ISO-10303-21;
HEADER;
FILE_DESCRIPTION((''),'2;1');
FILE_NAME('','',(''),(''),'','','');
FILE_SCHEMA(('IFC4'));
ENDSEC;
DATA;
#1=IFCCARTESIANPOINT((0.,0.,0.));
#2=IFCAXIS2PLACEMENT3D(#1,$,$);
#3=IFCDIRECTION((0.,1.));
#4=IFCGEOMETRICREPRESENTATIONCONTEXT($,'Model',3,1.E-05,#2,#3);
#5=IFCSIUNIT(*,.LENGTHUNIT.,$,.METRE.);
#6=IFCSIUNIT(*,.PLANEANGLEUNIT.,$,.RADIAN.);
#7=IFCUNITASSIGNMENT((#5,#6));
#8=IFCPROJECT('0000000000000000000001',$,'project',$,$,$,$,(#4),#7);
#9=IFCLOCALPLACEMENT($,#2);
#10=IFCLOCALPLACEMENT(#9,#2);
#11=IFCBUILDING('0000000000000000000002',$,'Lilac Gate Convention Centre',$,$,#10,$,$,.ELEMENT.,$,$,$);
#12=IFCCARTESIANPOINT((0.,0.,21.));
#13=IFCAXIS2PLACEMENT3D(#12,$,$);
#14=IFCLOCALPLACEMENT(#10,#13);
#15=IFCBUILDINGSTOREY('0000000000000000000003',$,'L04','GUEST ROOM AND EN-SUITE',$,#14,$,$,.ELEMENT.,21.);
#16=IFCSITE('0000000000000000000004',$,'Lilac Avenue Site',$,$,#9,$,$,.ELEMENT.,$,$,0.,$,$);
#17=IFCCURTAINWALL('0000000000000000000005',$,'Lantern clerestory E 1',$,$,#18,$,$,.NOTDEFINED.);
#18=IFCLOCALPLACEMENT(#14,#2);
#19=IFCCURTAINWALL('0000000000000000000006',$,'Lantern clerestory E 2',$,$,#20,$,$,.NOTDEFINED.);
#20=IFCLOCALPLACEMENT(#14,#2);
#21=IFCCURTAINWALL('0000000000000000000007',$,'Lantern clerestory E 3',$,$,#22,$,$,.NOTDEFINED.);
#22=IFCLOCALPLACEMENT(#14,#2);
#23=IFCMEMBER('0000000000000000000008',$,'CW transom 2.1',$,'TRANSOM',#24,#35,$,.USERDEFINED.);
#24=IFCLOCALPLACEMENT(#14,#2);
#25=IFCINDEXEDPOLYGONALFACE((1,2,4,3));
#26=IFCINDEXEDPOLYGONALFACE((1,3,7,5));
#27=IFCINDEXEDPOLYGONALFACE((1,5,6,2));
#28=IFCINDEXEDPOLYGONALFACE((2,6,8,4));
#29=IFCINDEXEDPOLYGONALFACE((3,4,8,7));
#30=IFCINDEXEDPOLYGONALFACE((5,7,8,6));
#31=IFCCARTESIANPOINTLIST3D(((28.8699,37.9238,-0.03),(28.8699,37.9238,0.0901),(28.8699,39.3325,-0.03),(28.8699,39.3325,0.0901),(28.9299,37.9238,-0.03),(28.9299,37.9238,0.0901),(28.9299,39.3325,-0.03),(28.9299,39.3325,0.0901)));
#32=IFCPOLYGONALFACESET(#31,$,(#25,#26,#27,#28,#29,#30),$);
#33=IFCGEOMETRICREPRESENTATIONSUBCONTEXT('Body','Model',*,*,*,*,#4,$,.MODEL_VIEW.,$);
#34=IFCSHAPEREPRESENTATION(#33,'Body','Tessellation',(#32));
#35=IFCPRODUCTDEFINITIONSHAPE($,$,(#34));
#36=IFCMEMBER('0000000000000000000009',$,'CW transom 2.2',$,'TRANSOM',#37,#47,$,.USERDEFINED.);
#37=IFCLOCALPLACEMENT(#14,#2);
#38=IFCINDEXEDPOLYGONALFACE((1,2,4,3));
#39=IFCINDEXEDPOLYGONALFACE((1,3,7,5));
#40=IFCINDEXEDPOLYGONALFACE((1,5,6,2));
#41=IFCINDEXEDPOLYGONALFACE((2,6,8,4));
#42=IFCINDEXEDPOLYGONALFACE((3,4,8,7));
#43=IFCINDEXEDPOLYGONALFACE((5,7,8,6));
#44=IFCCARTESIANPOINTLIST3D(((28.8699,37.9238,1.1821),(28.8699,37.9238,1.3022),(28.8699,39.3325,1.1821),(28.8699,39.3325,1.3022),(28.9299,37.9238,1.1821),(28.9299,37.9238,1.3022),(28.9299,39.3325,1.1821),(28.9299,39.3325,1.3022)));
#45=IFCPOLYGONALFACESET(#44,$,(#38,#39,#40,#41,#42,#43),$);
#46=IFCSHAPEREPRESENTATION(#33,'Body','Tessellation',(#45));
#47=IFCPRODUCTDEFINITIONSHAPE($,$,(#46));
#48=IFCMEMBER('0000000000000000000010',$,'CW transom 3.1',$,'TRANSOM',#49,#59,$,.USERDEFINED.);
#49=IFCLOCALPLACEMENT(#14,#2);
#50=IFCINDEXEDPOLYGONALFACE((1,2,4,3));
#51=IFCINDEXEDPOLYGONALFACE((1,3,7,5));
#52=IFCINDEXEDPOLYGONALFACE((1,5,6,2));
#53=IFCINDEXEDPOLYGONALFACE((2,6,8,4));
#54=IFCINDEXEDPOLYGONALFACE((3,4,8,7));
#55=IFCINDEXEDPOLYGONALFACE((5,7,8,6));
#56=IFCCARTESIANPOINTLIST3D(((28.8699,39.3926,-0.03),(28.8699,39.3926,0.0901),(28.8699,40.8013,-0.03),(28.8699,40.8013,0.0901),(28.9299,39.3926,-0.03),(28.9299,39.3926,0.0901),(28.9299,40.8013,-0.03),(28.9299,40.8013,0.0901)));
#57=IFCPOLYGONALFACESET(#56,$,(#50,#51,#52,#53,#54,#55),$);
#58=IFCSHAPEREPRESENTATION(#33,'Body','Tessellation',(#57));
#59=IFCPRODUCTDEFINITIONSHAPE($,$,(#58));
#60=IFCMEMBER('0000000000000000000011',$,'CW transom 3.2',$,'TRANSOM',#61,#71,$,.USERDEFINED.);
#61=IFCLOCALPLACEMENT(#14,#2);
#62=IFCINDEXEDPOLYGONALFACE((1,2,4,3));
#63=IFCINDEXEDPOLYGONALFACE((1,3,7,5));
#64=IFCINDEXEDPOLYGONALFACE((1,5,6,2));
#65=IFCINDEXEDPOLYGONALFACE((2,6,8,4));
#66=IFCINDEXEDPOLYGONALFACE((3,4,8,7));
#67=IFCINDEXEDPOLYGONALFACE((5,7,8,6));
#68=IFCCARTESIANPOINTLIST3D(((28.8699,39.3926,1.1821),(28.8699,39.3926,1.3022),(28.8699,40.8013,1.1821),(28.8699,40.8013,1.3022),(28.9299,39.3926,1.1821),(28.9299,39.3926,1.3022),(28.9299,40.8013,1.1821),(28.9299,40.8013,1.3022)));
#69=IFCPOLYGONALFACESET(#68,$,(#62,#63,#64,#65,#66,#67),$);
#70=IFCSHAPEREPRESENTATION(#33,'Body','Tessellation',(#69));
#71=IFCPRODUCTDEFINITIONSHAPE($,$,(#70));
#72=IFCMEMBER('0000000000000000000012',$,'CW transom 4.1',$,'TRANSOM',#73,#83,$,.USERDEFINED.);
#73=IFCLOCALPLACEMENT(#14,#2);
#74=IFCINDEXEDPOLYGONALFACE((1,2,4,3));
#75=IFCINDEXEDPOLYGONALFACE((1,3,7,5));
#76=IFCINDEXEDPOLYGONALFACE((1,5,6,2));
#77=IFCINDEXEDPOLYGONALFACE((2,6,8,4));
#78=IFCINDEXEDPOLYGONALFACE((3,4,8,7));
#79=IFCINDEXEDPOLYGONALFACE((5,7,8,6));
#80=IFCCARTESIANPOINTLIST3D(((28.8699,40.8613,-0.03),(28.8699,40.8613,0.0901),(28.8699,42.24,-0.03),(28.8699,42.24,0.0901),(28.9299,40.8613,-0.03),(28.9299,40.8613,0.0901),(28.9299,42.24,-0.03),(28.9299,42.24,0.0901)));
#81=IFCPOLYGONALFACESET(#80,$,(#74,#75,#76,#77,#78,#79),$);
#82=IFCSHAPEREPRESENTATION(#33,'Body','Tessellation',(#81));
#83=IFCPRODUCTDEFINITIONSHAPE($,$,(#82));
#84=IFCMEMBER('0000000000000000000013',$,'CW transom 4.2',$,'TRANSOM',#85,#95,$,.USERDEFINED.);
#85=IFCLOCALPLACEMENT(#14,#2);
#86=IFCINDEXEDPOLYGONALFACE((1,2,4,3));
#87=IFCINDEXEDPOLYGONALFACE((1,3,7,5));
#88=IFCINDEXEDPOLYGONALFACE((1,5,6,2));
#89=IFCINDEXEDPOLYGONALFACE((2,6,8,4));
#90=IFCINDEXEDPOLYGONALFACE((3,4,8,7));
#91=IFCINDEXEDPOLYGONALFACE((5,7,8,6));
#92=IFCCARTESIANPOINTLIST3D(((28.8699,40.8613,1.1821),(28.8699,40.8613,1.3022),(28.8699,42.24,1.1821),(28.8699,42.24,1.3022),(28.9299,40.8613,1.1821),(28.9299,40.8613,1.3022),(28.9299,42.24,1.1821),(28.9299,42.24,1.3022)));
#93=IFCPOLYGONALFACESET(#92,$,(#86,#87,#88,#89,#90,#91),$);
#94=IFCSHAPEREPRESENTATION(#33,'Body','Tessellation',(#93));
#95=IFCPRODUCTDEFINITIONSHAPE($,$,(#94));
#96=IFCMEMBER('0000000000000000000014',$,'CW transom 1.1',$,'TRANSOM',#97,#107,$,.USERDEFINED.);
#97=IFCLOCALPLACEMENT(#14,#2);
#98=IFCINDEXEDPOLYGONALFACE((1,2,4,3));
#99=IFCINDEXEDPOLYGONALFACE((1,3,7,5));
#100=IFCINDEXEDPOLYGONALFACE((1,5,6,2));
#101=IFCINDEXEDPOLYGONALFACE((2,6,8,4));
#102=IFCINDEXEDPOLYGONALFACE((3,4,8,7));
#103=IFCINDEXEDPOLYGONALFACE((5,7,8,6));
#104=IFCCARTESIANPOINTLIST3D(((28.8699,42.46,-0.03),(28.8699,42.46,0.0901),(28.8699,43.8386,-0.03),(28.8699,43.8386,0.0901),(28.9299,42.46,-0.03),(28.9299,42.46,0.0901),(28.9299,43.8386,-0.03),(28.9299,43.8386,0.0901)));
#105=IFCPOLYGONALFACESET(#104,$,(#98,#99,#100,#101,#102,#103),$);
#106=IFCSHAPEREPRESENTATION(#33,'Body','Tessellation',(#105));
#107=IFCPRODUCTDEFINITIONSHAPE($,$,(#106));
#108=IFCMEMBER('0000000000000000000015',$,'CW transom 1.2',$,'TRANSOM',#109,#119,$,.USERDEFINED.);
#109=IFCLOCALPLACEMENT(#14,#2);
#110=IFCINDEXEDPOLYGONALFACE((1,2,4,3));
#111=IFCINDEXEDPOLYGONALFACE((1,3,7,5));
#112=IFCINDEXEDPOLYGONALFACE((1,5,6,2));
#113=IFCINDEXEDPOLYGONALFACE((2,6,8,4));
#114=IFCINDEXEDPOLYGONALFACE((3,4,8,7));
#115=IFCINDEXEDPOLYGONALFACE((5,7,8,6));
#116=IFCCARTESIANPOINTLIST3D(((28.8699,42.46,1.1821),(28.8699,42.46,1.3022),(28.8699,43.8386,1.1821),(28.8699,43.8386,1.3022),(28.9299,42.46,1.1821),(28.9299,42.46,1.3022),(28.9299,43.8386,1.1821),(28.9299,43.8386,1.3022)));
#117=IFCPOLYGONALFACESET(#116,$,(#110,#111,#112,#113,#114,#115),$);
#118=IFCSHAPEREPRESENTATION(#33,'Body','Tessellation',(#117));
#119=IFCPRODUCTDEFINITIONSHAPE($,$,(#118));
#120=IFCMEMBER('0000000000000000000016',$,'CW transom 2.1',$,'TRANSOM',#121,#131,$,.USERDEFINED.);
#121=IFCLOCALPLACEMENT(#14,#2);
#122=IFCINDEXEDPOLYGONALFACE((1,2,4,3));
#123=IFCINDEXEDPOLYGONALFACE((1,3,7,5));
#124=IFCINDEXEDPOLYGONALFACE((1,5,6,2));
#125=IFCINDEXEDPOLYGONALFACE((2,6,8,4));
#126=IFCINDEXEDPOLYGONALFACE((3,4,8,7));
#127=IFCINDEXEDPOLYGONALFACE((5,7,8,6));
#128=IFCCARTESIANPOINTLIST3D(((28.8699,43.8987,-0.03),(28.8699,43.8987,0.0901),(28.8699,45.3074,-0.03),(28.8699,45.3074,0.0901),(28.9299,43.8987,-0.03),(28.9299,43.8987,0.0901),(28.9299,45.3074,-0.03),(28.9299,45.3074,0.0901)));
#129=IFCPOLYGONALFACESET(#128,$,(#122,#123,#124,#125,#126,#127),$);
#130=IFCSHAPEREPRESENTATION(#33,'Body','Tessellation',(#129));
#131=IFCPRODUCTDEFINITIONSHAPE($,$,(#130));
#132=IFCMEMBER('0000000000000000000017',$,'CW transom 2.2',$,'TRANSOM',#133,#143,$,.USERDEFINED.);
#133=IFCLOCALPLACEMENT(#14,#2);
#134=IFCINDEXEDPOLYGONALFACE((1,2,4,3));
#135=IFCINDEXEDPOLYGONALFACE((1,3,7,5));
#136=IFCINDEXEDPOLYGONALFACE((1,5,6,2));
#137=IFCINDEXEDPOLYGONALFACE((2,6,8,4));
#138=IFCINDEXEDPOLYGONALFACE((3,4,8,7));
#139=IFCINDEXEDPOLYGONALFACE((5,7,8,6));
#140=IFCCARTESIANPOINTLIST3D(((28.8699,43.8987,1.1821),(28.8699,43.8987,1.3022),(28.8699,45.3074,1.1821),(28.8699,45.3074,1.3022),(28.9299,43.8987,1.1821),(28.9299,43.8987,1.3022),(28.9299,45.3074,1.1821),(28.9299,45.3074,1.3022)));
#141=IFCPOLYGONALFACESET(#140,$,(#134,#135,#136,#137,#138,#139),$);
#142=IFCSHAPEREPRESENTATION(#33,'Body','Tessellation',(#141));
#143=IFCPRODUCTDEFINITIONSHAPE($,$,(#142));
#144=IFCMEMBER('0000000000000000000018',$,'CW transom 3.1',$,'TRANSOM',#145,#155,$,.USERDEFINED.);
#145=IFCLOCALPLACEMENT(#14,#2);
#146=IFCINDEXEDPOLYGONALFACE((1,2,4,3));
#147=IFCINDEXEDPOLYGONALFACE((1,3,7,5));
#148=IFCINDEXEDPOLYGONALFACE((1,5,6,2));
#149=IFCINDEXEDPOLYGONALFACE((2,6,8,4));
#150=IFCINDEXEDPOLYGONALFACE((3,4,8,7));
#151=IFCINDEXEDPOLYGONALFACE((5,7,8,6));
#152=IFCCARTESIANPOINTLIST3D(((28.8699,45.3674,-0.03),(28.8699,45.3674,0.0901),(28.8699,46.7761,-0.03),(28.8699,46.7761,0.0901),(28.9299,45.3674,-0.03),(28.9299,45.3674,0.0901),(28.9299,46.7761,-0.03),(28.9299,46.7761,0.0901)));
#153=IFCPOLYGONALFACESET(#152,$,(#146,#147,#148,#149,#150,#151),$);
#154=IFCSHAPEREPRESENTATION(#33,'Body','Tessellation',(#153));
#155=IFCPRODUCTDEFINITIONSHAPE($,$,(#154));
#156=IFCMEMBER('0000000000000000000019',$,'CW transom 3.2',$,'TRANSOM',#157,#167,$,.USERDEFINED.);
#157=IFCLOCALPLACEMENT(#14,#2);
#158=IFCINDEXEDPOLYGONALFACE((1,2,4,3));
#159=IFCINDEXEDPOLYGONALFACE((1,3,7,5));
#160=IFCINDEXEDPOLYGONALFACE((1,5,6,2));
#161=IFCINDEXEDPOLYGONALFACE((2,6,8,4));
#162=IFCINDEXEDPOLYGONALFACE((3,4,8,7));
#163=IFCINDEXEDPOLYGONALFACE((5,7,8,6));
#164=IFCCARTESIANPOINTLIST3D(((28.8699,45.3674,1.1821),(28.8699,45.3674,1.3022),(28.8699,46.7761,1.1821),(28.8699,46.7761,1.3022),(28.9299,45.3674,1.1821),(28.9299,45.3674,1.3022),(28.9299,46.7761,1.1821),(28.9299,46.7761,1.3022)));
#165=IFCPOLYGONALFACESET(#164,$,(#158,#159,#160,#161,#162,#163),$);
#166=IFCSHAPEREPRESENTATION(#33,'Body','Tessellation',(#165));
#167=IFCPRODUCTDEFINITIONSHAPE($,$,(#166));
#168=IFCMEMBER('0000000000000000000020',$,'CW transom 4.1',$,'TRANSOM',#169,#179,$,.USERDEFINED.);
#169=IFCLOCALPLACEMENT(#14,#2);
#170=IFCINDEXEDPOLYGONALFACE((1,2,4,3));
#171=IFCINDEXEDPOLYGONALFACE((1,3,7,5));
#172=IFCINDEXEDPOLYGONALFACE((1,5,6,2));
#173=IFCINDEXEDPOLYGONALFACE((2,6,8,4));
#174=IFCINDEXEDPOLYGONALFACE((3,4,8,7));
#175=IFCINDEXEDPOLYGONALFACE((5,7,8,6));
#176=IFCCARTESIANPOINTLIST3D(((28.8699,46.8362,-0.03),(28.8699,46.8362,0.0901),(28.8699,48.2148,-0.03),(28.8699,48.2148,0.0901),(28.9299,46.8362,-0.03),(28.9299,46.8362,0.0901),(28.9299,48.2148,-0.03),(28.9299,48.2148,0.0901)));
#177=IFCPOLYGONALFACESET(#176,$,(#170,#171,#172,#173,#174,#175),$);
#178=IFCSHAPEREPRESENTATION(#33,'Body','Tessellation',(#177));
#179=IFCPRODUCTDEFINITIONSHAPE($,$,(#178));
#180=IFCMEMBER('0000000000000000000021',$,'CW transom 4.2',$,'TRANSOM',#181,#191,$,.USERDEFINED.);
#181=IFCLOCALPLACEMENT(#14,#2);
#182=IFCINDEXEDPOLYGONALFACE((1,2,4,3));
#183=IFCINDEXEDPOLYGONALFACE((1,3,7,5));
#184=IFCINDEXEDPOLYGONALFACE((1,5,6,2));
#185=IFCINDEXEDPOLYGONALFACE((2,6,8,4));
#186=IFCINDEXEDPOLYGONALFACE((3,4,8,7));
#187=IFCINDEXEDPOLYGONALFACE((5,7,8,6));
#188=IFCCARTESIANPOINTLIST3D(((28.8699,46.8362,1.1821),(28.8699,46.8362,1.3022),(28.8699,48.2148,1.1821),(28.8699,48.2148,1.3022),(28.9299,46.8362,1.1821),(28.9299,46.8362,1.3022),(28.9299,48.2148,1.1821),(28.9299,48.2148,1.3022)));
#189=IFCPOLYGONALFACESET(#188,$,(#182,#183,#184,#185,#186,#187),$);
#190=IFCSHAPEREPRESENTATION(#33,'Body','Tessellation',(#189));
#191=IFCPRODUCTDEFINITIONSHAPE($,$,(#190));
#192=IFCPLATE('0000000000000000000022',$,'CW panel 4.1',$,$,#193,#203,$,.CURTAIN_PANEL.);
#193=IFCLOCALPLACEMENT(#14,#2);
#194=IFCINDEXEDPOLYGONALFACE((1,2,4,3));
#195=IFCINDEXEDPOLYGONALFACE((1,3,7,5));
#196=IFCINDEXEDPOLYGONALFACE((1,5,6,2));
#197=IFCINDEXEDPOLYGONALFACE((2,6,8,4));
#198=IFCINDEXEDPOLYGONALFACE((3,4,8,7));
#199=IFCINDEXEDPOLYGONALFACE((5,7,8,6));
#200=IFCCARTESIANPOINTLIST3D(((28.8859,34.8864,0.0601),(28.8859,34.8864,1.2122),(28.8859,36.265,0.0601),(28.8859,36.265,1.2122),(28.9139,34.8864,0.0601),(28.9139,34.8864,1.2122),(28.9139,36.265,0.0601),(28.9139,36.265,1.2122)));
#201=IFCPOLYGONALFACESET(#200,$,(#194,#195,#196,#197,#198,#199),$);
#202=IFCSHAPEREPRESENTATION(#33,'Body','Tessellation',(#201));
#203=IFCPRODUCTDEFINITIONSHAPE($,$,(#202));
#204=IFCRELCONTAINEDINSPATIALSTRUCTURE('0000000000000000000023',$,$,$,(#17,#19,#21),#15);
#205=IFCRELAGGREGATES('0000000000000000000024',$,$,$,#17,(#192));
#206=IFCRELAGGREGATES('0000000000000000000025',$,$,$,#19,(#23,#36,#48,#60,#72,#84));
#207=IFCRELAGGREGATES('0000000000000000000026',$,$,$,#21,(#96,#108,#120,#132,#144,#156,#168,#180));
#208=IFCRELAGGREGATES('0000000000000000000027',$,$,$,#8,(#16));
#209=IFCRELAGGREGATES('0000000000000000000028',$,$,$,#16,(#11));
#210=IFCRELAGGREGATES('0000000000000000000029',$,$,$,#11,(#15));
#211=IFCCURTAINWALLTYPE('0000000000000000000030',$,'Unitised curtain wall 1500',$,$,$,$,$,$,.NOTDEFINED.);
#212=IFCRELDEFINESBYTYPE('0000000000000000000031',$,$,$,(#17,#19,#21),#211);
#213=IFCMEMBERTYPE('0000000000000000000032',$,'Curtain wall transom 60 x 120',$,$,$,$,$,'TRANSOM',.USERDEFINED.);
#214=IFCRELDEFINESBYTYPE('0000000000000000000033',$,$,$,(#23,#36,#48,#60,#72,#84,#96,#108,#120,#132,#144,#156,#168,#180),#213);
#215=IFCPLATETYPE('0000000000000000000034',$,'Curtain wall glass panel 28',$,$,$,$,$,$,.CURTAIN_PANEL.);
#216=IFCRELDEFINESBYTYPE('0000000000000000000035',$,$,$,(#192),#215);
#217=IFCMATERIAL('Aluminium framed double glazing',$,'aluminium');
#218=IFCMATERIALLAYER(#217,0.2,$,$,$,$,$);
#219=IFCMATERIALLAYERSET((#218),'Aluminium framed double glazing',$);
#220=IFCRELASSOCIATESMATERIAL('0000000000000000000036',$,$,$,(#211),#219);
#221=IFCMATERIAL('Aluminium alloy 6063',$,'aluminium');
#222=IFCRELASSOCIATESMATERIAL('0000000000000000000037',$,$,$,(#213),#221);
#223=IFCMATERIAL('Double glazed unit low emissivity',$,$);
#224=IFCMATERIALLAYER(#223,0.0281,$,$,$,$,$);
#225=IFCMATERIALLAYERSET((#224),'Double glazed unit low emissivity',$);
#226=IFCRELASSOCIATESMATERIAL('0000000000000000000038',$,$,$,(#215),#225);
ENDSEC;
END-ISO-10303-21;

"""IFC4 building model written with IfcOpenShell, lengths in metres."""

from ifc_helpers import new_model, si_unit, direction, frame, origin, origin_2d, place, context, subcontext, project, spatial, rectangle, extrude, material, layer, layer_set, material_profile, profile_set, type_object, element, aggregate, save


model = new_model("IFC4")

# Units and contexts
model_context = context("Model", 3, precision=1e-05, world=origin(), true_north=direction((0.0, 1.0)))
body_context = subcontext(model_context, "Body", "Model", "MODEL_VIEW")
ifc_project = project(units=[si_unit("LENGTHUNIT", "METRE"), si_unit("PLANEANGLEUNIT", "RADIAN")], contexts=[model_context])

# Site, building, storey
site_placement = place(None, origin())
site = spatial("IfcSite", under=ifc_project, at=site_placement, Name="Lilac Avenue Site", CompositionType="ELEMENT", RefElevation=0.0)
building_placement = place(site_placement, origin())
building = spatial("IfcBuilding", under=site, at=building_placement, Name="Lilac Gate Convention Centre", CompositionType="ELEMENT")
storey_placement = place(building_placement, frame((0.0, 0.0, 21.0)))
storey = spatial("IfcBuildingStorey", under=building, at=storey_placement, Name="L04", Description="GUEST ROOM AND EN-SUITE", CompositionType="ELEMENT", Elevation=21.0)

# Curtain walls
ifc_material_1 = material(Name="Aluminium framed double glazing", Category="aluminium")
ifc_layer_1 = layer(ifc_material_1, 0.2)
ifc_layer_set_1 = layer_set([ifc_layer_1], Name="Aluminium framed double glazing")
curtain_wall_type = type_object("IfcCurtainWallType", Name="Unitised curtain wall 1500", PredefinedType="NOTDEFINED", material=ifc_layer_set_1)
curtain_wall_1_placement = place(storey_placement, origin())
curtain_wall_1 = element("IfcCurtainWall", 1, at=curtain_wall_1_placement, inside=storey, type_object=curtain_wall_type, Name="Lantern clerestory E 1", PredefinedType="NOTDEFINED")
ifc_material_2 = material(Name="Aluminium alloy 6063", Category="aluminium")
curtain_wall_2_placement = place(storey_placement, origin())
curtain_wall_2 = element("IfcCurtainWall", 2, at=curtain_wall_2_placement, inside=storey, type_object=curtain_wall_type, Name="Lantern clerestory E 2", PredefinedType="NOTDEFINED")
curtain_wall_3_placement = place(storey_placement, origin())
curtain_wall_3 = element("IfcCurtainWall", 3, at=curtain_wall_3_placement, inside=storey, type_object=curtain_wall_type, Name="Lantern clerestory E 3", PredefinedType="NOTDEFINED")

# Members
ifc_material_profile_1 = material_profile(ifc_material_2, rectangle(XDim=0.0601, YDim=0.1201, at=origin_2d()), Name="Curtain wall transom 60 x 120")
ifc_profile_set_1 = profile_set([ifc_material_profile_1], Name="Aluminium alloy 6063")
member_type_1 = type_object("IfcMemberType", Name="Curtain wall transom 60 x 120", ElementType="TRANSOM", PredefinedType="USERDEFINED", material=ifc_profile_set_1)
member_1_placement = place(storey_placement, frame((28.8999, 37.9238, 0.03), z_axis=(0.0, 1.0, 0.0), x_axis=(-1.0, 0.0, 0.0)))
member_1 = element("IfcMember", 4, at=member_1_placement, type_object=member_type_1, Name="CW transom 2.1", ObjectType="TRANSOM", PredefinedType="USERDEFINED", context=body_context, shape_type="SweptSolid", body=[
    extrude(rectangle(XDim=0.0601, YDim=0.1201, at=origin_2d()), origin(), (0.0, 0.0, 1.0), 1.4087),
])
member_2_placement = place(storey_placement, frame((28.8999, 37.9238, 1.2422), z_axis=(0.0, 1.0, 0.0), x_axis=(-1.0, 0.0, 0.0)))
member_2 = element("IfcMember", 5, at=member_2_placement, type_object=member_type_1, Name="CW transom 2.2", ObjectType="TRANSOM", PredefinedType="USERDEFINED", context=body_context, shape_type="SweptSolid", body=[
    extrude(rectangle(XDim=0.0601, YDim=0.1201, at=origin_2d()), origin(), (0.0, 0.0, 1.0), 1.4087),
])
member_3_placement = place(storey_placement, frame((28.8999, 39.3926, 0.03), z_axis=(0.0, 1.0, 0.0), x_axis=(-1.0, 0.0, 0.0)))
member_3 = element("IfcMember", 6, at=member_3_placement, type_object=member_type_1, Name="CW transom 3.1", ObjectType="TRANSOM", PredefinedType="USERDEFINED", context=body_context, shape_type="SweptSolid", body=[
    extrude(rectangle(XDim=0.0601, YDim=0.1201, at=origin_2d()), origin(), (0.0, 0.0, 1.0), 1.4087),
])
member_4_placement = place(storey_placement, frame((28.8999, 39.3926, 1.2422), z_axis=(0.0, 1.0, 0.0), x_axis=(-1.0, 0.0, 0.0)))
member_4 = element("IfcMember", 7, at=member_4_placement, type_object=member_type_1, Name="CW transom 3.2", ObjectType="TRANSOM", PredefinedType="USERDEFINED", context=body_context, shape_type="SweptSolid", body=[
    extrude(rectangle(XDim=0.0601, YDim=0.1201, at=origin_2d()), origin(), (0.0, 0.0, 1.0), 1.4087),
])
member_5_placement = place(storey_placement, frame((28.8999, 40.8613, 0.03), z_axis=(0.0, 1.0, 0.0), x_axis=(-1.0, 0.0, 0.0)))
member_5 = element("IfcMember", 8, at=member_5_placement, type_object=member_type_1, Name="CW transom 4.1", ObjectType="TRANSOM", PredefinedType="USERDEFINED", context=body_context, shape_type="SweptSolid", body=[
    extrude(rectangle(XDim=0.0601, YDim=0.1201, at=origin_2d()), origin(), (0.0, 0.0, 1.0), 1.3787),
])
member_6_placement = place(storey_placement, frame((28.8999, 40.8613, 1.2422), z_axis=(0.0, 1.0, 0.0), x_axis=(-1.0, 0.0, 0.0)))
member_6 = element("IfcMember", 9, at=member_6_placement, type_object=member_type_1, Name="CW transom 4.2", ObjectType="TRANSOM", PredefinedType="USERDEFINED", context=body_context, shape_type="SweptSolid", body=[
    extrude(rectangle(XDim=0.0601, YDim=0.1201, at=origin_2d()), origin(), (0.0, 0.0, 1.0), 1.3787),
])
member_7_placement = place(storey_placement, frame((28.8999, 42.46, 0.03), z_axis=(0.0, 1.0, 0.0), x_axis=(-1.0, 0.0, 0.0)))
member_7 = element("IfcMember", 10, at=member_7_placement, type_object=member_type_1, Name="CW transom 1.1", ObjectType="TRANSOM", PredefinedType="USERDEFINED", context=body_context, shape_type="SweptSolid", body=[
    extrude(rectangle(XDim=0.0601, YDim=0.1201, at=origin_2d()), origin(), (0.0, 0.0, 1.0), 1.3787),
])
member_8_placement = place(storey_placement, frame((28.8999, 42.46, 1.2422), z_axis=(0.0, 1.0, 0.0), x_axis=(-1.0, 0.0, 0.0)))
member_8 = element("IfcMember", 11, at=member_8_placement, type_object=member_type_1, Name="CW transom 1.2", ObjectType="TRANSOM", PredefinedType="USERDEFINED", context=body_context, shape_type="SweptSolid", body=[
    extrude(rectangle(XDim=0.0601, YDim=0.1201, at=origin_2d()), origin(), (0.0, 0.0, 1.0), 1.3787),
])
member_9_placement = place(storey_placement, frame((28.8999, 43.8987, 0.03), z_axis=(0.0, 1.0, 0.0), x_axis=(-1.0, 0.0, 0.0)))
member_9 = element("IfcMember", 12, at=member_9_placement, type_object=member_type_1, Name="CW transom 2.1", ObjectType="TRANSOM", PredefinedType="USERDEFINED", context=body_context, shape_type="SweptSolid", body=[
    extrude(rectangle(XDim=0.0601, YDim=0.1201, at=origin_2d()), origin(), (0.0, 0.0, 1.0), 1.4087),
])
member_10_placement = place(storey_placement, frame((28.8999, 43.8987, 1.2422), z_axis=(0.0, 1.0, 0.0), x_axis=(-1.0, 0.0, 0.0)))
member_10 = element("IfcMember", 13, at=member_10_placement, type_object=member_type_1, Name="CW transom 2.2", ObjectType="TRANSOM", PredefinedType="USERDEFINED", context=body_context, shape_type="SweptSolid", body=[
    extrude(rectangle(XDim=0.0601, YDim=0.1201, at=origin_2d()), origin(), (0.0, 0.0, 1.0), 1.4087),
])
member_11_placement = place(storey_placement, frame((28.8999, 45.3674, 0.03), z_axis=(0.0, 1.0, 0.0), x_axis=(-1.0, 0.0, 0.0)))
member_11 = element("IfcMember", 14, at=member_11_placement, type_object=member_type_1, Name="CW transom 3.1", ObjectType="TRANSOM", PredefinedType="USERDEFINED", context=body_context, shape_type="SweptSolid", body=[
    extrude(rectangle(XDim=0.0601, YDim=0.1201, at=origin_2d()), origin(), (0.0, 0.0, 1.0), 1.4087),
])
member_12_placement = place(storey_placement, frame((28.8999, 45.3674, 1.2422), z_axis=(0.0, 1.0, 0.0), x_axis=(-1.0, 0.0, 0.0)))
member_12 = element("IfcMember", 15, at=member_12_placement, type_object=member_type_1, Name="CW transom 3.2", ObjectType="TRANSOM", PredefinedType="USERDEFINED", context=body_context, shape_type="SweptSolid", body=[
    extrude(rectangle(XDim=0.0601, YDim=0.1201, at=origin_2d()), origin(), (0.0, 0.0, 1.0), 1.4087),
])
member_13_placement = place(storey_placement, frame((28.8999, 46.8362, 0.03), z_axis=(0.0, 1.0, 0.0), x_axis=(-1.0, 0.0, 0.0)))
member_13 = element("IfcMember", 16, at=member_13_placement, type_object=member_type_1, Name="CW transom 4.1", ObjectType="TRANSOM", PredefinedType="USERDEFINED", context=body_context, shape_type="SweptSolid", body=[
    extrude(rectangle(XDim=0.0601, YDim=0.1201, at=origin_2d()), origin(), (0.0, 0.0, 1.0), 1.3787),
])
member_14_placement = place(storey_placement, frame((28.8999, 46.8362, 1.2422), z_axis=(0.0, 1.0, 0.0), x_axis=(-1.0, 0.0, 0.0)))
member_14 = element("IfcMember", 17, at=member_14_placement, type_object=member_type_1, Name="CW transom 4.2", ObjectType="TRANSOM", PredefinedType="USERDEFINED", context=body_context, shape_type="SweptSolid", body=[
    extrude(rectangle(XDim=0.0601, YDim=0.1201, at=origin_2d()), origin(), (0.0, 0.0, 1.0), 1.3787),
])

# Plate
ifc_material_3 = material(Name="Double glazed unit low emissivity")
ifc_layer_2 = layer(ifc_material_3, 0.0281)
ifc_layer_set_2 = layer_set([ifc_layer_2], Name="Double glazed unit low emissivity")
plate_type = type_object("IfcPlateType", Name="Curtain wall glass panel 28", PredefinedType="CURTAIN_PANEL", material=ifc_layer_set_2)
plate_1_placement = place(storey_placement, frame((28.8999, 35.5757, 0.0601), z_axis=(0.0, 0.0, 1.0), x_axis=(0.0, 1.0, 0.0)))
plate_1 = element("IfcPlate", 18, at=plate_1_placement, type_object=plate_type, Name="CW panel 4.1", PredefinedType="CURTAIN_PANEL", context=body_context, shape_type="SweptSolid", body=[
    extrude(rectangle(XDim=1.3787, YDim=0.0281, at=origin_2d()), origin(), (0.0, 0.0, 1.0), 1.1521),
])
aggregate(curtain_wall_1, [plate_1])
aggregate(curtain_wall_2, [member_1, member_2, member_3, member_4, member_5, member_6])
aggregate(curtain_wall_3, [member_7, member_8, member_9, member_10, member_11, member_12, member_13, member_14])

save(model, "model.ifc")
